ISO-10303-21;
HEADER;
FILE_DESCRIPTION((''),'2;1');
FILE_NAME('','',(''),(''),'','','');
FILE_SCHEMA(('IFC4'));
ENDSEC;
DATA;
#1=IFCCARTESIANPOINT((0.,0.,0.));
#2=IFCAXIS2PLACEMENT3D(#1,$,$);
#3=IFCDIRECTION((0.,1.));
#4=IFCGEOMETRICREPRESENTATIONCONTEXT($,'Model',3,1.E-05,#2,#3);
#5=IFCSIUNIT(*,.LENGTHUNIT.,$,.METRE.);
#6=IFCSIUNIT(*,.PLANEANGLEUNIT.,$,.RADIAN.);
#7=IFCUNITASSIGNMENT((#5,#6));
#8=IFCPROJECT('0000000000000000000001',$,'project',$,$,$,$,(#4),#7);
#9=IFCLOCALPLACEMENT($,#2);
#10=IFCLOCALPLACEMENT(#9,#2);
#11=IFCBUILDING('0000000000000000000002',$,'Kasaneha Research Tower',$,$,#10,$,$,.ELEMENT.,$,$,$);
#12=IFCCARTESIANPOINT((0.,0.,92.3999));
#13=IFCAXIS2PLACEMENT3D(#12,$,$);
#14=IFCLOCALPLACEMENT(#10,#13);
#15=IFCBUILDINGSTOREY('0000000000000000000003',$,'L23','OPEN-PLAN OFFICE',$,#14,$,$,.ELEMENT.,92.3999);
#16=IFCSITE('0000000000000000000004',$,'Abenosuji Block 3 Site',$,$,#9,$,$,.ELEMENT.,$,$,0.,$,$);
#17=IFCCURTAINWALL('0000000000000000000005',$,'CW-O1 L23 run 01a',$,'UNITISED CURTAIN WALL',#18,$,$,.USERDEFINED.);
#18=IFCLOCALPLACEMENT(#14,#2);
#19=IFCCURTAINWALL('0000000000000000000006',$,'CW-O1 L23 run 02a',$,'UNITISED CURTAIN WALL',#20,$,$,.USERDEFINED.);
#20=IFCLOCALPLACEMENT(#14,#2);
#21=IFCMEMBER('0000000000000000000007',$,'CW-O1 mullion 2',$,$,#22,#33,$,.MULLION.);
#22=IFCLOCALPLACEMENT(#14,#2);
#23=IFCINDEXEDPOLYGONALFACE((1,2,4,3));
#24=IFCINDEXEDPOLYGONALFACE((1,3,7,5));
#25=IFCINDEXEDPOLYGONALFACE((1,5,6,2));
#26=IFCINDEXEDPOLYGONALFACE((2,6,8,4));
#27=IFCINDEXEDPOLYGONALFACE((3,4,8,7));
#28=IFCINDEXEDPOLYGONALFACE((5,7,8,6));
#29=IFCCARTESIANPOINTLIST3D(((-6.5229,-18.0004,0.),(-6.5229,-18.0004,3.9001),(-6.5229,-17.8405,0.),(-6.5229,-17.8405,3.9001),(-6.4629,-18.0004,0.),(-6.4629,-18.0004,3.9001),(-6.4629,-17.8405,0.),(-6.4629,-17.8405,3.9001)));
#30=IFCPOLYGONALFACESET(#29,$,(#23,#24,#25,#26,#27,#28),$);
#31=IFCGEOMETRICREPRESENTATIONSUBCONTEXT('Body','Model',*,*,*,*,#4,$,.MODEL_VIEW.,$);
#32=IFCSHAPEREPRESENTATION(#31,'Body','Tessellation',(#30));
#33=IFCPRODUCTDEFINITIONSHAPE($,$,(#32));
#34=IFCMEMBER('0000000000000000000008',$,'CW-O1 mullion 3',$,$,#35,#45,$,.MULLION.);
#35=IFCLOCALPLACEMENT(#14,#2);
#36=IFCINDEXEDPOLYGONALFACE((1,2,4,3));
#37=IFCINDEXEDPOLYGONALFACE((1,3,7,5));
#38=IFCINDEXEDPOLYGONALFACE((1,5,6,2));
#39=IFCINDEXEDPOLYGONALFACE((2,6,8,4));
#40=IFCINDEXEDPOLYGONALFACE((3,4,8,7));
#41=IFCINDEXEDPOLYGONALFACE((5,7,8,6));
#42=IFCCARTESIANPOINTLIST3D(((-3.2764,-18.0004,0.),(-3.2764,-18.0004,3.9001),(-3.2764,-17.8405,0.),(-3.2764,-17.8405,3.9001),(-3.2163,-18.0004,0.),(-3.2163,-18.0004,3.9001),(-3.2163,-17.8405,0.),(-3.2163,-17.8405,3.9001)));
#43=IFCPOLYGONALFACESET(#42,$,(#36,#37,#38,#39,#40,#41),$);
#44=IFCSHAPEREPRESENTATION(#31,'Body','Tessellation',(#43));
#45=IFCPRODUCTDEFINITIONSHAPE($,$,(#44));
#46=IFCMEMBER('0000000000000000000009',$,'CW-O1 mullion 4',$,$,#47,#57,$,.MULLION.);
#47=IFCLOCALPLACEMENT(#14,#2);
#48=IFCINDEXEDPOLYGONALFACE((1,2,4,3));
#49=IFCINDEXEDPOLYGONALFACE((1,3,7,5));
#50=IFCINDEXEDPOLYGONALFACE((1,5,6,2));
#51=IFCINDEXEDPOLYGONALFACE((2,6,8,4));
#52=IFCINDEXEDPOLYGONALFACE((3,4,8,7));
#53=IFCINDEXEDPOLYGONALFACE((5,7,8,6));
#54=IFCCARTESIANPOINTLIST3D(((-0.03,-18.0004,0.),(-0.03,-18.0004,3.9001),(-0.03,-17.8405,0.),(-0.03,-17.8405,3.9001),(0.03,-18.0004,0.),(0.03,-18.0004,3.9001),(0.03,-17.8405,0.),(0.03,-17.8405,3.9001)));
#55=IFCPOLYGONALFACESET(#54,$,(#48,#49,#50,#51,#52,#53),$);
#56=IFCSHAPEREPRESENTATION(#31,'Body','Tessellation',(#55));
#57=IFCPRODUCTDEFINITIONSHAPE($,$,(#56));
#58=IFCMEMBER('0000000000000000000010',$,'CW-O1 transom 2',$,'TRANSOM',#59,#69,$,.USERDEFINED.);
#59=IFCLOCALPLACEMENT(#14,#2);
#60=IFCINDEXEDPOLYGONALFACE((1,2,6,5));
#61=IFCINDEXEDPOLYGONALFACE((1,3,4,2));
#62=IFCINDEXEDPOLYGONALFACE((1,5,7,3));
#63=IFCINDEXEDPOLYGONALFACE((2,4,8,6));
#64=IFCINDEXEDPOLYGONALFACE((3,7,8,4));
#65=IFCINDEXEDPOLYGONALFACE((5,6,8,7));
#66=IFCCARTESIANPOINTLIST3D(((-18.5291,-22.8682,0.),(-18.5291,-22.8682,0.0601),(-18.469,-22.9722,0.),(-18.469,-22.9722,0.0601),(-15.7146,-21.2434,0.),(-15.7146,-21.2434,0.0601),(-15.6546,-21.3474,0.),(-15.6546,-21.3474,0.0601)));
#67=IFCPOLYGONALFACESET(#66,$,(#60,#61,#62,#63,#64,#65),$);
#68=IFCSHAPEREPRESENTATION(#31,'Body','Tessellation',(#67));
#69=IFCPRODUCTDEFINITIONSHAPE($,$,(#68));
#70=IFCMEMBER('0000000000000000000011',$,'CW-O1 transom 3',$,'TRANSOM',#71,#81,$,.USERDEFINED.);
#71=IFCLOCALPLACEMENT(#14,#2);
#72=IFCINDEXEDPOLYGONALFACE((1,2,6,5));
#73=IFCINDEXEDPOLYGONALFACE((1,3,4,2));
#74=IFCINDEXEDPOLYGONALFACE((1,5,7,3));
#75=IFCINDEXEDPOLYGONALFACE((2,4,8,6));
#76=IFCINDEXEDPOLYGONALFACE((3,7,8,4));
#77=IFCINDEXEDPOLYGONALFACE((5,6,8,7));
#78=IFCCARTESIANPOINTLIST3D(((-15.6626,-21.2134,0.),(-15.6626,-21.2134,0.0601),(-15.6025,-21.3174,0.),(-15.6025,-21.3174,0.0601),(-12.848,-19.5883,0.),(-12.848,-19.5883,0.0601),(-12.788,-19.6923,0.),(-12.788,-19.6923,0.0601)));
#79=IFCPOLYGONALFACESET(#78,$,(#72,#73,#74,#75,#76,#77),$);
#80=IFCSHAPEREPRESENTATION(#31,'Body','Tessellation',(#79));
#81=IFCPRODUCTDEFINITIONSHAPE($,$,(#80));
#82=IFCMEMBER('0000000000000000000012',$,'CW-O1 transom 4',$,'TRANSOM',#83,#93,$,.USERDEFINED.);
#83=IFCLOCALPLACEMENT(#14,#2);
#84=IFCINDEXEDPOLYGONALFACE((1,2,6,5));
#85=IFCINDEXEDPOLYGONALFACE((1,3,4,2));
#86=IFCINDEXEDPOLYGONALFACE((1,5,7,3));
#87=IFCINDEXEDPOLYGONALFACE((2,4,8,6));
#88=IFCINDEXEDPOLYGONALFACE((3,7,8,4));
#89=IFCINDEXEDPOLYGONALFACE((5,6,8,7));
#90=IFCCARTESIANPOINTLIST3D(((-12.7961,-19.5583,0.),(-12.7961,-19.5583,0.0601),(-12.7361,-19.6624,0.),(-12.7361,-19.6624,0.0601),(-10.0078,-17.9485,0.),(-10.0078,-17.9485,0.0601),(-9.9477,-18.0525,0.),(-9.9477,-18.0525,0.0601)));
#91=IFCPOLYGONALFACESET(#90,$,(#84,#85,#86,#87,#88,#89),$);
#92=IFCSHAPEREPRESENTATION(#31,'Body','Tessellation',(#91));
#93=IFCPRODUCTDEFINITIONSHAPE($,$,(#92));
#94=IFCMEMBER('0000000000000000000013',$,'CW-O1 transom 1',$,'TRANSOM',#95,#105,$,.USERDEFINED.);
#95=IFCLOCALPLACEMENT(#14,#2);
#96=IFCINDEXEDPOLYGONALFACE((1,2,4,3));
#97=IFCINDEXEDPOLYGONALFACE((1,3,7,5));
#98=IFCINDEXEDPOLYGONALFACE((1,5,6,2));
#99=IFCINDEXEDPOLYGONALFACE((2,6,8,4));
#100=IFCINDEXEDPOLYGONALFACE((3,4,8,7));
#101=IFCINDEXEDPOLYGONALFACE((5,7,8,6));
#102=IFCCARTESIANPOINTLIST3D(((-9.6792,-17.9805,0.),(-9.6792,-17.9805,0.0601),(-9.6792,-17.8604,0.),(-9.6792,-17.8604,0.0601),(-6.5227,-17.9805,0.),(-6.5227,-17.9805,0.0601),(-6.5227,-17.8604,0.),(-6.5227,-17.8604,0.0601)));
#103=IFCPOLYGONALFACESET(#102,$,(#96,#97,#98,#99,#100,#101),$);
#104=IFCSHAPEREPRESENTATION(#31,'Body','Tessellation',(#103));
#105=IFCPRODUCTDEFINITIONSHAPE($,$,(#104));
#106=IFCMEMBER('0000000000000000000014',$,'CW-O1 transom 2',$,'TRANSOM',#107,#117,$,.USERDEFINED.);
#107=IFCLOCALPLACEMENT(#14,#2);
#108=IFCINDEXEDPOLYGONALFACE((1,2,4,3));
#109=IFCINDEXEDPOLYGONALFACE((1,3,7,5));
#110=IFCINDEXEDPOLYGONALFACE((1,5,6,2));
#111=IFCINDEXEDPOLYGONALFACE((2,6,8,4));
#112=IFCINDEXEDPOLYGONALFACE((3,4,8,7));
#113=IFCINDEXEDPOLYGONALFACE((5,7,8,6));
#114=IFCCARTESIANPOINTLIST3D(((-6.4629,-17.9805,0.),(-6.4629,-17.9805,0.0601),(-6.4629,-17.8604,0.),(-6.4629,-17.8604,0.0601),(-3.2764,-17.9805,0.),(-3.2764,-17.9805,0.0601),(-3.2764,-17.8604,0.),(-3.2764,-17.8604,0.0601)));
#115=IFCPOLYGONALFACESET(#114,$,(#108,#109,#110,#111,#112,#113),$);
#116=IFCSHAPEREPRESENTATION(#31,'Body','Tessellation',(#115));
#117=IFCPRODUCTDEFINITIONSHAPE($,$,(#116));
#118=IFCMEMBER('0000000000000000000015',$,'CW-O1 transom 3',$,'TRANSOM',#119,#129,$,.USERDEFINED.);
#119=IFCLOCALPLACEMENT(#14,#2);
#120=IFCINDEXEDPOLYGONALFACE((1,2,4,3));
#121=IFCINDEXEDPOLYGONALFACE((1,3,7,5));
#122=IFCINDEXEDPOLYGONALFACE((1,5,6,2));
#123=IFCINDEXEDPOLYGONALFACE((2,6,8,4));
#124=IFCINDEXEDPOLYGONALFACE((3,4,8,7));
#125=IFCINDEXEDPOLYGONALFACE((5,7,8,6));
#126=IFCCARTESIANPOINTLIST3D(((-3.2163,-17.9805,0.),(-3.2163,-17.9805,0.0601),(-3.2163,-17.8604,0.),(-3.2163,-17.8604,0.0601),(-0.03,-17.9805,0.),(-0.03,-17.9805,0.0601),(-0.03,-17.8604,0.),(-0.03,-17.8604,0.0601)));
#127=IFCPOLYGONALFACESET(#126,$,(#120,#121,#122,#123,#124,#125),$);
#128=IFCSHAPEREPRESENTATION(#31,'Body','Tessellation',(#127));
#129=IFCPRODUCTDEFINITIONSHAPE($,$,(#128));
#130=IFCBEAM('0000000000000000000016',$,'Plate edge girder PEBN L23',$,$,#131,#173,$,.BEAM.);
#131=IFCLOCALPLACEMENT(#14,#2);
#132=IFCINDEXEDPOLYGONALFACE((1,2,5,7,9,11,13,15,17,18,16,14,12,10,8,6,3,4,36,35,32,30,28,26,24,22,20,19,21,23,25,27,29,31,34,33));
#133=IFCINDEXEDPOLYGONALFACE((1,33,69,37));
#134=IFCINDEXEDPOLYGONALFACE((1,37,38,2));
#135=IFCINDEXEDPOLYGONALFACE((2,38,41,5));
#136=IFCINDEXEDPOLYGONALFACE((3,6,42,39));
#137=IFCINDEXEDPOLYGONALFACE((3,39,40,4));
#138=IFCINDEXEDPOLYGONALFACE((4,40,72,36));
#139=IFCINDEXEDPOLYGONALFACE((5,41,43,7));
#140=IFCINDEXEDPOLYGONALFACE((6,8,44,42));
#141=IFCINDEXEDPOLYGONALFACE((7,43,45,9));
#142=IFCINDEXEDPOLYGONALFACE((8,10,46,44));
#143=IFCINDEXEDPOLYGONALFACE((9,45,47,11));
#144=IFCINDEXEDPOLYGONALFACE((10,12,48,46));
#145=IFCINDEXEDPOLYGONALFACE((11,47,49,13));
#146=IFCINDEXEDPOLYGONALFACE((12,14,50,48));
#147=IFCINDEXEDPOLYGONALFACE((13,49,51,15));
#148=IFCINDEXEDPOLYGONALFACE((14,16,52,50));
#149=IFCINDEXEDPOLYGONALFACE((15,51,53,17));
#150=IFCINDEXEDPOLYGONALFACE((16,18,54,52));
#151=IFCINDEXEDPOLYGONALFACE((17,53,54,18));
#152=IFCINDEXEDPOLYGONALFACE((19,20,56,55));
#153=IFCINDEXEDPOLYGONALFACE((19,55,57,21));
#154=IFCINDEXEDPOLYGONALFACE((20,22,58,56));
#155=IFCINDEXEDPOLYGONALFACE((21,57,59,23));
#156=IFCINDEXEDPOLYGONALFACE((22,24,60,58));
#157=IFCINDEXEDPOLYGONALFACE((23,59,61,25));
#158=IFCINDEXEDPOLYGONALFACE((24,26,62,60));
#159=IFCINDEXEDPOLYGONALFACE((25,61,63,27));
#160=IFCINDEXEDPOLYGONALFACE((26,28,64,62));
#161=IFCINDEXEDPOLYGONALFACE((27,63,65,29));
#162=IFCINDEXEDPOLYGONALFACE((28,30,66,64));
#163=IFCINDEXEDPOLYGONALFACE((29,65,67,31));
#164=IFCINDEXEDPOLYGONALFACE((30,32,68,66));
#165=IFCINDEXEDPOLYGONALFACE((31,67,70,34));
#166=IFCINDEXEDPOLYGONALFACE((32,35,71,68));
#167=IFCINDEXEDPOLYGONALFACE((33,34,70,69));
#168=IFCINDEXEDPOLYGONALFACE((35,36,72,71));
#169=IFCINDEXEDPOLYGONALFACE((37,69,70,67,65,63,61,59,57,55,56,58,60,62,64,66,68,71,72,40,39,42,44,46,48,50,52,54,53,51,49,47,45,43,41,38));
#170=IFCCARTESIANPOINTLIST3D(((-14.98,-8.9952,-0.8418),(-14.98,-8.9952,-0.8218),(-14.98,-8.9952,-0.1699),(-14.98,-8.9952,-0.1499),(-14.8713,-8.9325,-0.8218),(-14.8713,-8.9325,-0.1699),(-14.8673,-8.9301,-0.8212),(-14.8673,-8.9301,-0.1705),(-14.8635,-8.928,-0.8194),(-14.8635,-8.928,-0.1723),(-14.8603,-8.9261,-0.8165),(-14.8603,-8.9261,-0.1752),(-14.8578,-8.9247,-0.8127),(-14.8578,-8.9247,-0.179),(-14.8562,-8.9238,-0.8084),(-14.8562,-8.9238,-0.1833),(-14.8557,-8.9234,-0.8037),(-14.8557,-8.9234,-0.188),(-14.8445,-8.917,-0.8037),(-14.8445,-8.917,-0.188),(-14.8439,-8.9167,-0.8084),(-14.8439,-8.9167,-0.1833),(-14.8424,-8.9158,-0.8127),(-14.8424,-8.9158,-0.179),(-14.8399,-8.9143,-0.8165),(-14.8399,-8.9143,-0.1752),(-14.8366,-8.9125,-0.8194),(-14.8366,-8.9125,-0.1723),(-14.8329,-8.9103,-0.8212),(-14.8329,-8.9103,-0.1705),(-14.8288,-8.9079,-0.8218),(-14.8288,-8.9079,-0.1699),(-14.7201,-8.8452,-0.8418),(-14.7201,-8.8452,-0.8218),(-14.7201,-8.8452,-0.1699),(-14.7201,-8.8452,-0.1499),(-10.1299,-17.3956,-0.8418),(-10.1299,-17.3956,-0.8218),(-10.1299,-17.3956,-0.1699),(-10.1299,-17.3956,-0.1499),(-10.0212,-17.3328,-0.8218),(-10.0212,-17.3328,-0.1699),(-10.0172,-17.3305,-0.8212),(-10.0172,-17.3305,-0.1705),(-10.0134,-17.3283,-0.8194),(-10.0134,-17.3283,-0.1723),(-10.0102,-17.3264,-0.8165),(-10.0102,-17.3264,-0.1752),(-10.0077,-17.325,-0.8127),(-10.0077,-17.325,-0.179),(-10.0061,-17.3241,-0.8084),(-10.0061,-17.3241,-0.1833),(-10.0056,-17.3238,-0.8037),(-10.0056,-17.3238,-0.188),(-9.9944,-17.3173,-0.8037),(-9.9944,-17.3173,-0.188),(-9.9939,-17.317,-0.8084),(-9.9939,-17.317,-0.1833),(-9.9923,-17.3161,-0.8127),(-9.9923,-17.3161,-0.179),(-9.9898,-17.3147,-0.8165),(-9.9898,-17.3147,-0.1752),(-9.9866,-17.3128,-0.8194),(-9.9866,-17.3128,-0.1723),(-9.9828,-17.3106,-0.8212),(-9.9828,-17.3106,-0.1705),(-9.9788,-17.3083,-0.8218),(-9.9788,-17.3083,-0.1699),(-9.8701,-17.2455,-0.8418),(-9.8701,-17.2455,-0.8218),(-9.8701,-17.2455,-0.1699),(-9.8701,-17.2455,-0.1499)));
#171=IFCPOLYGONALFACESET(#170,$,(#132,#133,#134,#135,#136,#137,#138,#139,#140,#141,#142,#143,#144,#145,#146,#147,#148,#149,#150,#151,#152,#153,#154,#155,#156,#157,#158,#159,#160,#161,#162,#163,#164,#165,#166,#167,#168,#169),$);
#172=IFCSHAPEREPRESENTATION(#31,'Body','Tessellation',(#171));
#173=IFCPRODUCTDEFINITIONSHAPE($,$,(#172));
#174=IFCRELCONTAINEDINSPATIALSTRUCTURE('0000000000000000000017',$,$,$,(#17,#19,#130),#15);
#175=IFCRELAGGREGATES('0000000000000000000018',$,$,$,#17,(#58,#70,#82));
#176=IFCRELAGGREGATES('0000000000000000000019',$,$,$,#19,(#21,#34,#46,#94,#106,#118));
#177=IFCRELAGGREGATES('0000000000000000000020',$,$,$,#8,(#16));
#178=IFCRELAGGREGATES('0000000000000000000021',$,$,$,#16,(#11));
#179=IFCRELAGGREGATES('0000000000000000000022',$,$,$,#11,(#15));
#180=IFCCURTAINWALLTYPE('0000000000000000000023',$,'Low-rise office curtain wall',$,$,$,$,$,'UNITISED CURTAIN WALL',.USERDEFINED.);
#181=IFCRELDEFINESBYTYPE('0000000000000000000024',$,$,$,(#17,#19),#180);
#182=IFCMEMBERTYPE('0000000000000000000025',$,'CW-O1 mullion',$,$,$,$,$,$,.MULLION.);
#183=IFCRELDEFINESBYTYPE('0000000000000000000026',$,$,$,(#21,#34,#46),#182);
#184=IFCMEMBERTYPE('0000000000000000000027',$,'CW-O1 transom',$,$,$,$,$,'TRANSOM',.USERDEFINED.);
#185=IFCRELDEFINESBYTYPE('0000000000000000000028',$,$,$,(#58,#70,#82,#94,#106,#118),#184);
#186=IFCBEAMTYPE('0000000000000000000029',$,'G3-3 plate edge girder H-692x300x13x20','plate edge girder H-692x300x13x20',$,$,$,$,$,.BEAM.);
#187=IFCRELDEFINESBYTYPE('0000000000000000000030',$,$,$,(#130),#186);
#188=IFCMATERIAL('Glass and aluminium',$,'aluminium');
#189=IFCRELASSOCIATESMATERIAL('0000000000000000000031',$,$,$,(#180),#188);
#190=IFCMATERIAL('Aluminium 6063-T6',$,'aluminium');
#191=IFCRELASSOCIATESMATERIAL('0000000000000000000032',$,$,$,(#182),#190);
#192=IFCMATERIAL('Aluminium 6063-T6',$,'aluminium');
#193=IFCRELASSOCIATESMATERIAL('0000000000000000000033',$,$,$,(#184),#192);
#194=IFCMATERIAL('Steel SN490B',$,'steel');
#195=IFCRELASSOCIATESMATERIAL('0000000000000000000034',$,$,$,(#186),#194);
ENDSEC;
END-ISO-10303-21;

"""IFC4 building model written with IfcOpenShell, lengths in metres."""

from ifc_helpers import new_model, si_unit, direction, frame, origin, origin_2d, place, context, subcontext, project, spatial, rectangle, i_section, extrude, material, material_profile, profile_set, type_object, element, aggregate, save


model = new_model("IFC4")

# Units and contexts
model_context = context("Model", 3, precision=1e-05, world=origin(), true_north=direction((0.0, 1.0)))
body_context = subcontext(model_context, "Body", "Model", "MODEL_VIEW")
ifc_project = project(units=[si_unit("LENGTHUNIT", "METRE"), si_unit("PLANEANGLEUNIT", "RADIAN")], contexts=[model_context])

# Site, building, storey
site_placement = place(None, origin())
site = spatial("IfcSite", under=ifc_project, at=site_placement, Name="Abenosuji Block 3 Site", CompositionType="ELEMENT", RefElevation=0.0)
building_placement = place(site_placement, origin())
building = spatial("IfcBuilding", under=site, at=building_placement, Name="Kasaneha Research Tower", CompositionType="ELEMENT")
storey_placement = place(building_placement, frame((0.0, 0.0, 92.3999)))
storey = spatial("IfcBuildingStorey", under=building, at=storey_placement, Name="L23", Description="OPEN-PLAN OFFICE", CompositionType="ELEMENT", Elevation=92.3999)

# Curtain walls, members
ifc_material_1 = material(Name="Glass and aluminium", Category="aluminium")
curtain_wall_type = type_object("IfcCurtainWallType", Name="Low-rise office curtain wall", ElementType="UNITISED CURTAIN WALL", PredefinedType="USERDEFINED", material=ifc_material_1)
curtain_wall_1_placement = place(storey_placement, origin())
curtain_wall_1 = element("IfcCurtainWall", 1, at=curtain_wall_1_placement, inside=storey, type_object=curtain_wall_type, Name="CW-O1 L23 run 01a", ObjectType="UNITISED CURTAIN WALL", PredefinedType="USERDEFINED")
ifc_material_2 = material(Name="Aluminium 6063-T6", Category="aluminium")
ifc_material_profile_1 = material_profile(ifc_material_2, rectangle(XDim=0.0601, YDim=0.1599, at=origin_2d()), Name="CW-O1 mullion 60x160")
ifc_profile_set_1 = profile_set([ifc_material_profile_1], Name="Aluminium 6063-T6")
member_type_1 = type_object("IfcMemberType", Name="CW-O1 mullion", PredefinedType="MULLION", material=ifc_profile_set_1)
curtain_wall_2_placement = place(storey_placement, origin())
curtain_wall_2 = element("IfcCurtainWall", 2, at=curtain_wall_2_placement, inside=storey, type_object=curtain_wall_type, Name="CW-O1 L23 run 02a", ObjectType="UNITISED CURTAIN WALL", PredefinedType="USERDEFINED")
member_1_placement = place(storey_placement, frame((-6.4929, -17.9204, 0.0), z_axis=(0.0, 0.0, 1.0), x_axis=(1.0, 0.0, 0.0)))
member_1 = element("IfcMember", 3, at=member_1_placement, type_object=member_type_1, Name="CW-O1 mullion 2", PredefinedType="MULLION", context=body_context, shape_type="SweptSolid", body=[
    extrude(rectangle(XDim=0.0601, YDim=0.1599, at=origin_2d()), origin(), (0.0, 0.0, 1.0), 3.9001),
])
member_2_placement = place(storey_placement, frame((-3.2463, -17.9204, 0.0), z_axis=(0.0, 0.0, 1.0), x_axis=(1.0, 0.0, 0.0)))
member_2 = element("IfcMember", 4, at=member_2_placement, type_object=member_type_1, Name="CW-O1 mullion 3", PredefinedType="MULLION", context=body_context, shape_type="SweptSolid", body=[
    extrude(rectangle(XDim=0.0601, YDim=0.1599, at=origin_2d()), origin(), (0.0, 0.0, 1.0), 3.9001),
])
member_3_placement = place(storey_placement, frame((0.0, -17.9204, 0.0), z_axis=(0.0, 0.0, 1.0), x_axis=(1.0, 0.0, 0.0)))
member_3 = element("IfcMember", 5, at=member_3_placement, type_object=member_type_1, Name="CW-O1 mullion 4", PredefinedType="MULLION", context=body_context, shape_type="SweptSolid", body=[
    extrude(rectangle(XDim=0.0601, YDim=0.1599, at=origin_2d()), origin(), (0.0, 0.0, 1.0), 3.9001),
])

# Members
ifc_material_3 = material(Name="Aluminium 6063-T6", Category="aluminium")
ifc_material_profile_2 = material_profile(ifc_material_3, rectangle(XDim=0.1201, YDim=0.0601, at=origin_2d()), Name="CW-O1 transom 120x60")
ifc_profile_set_2 = profile_set([ifc_material_profile_2], Name="Aluminium 6063-T6")
member_type_2 = type_object("IfcMemberType", Name="CW-O1 transom", ElementType="TRANSOM", PredefinedType="USERDEFINED", material=ifc_profile_set_2)
member_4_placement = place(storey_placement, frame((-18.499, -22.9202, 0.03), z_axis=(0.866048, 0.499961, 0.0), x_axis=(-0.499961, 0.866048, 0.0)))
member_4 = element("IfcMember", 6, at=member_4_placement, type_object=member_type_2, Name="CW-O1 transom 2", ObjectType="TRANSOM", PredefinedType="USERDEFINED", context=body_context, shape_type="SweptSolid", body=[
    extrude(rectangle(XDim=0.1201, YDim=0.0601, at=origin_2d()), origin(), (0.0, 0.0, 1.0), 3.2498),
])
member_5_placement = place(storey_placement, frame((-15.6326, -21.2654, 0.03), z_axis=(0.866015, 0.500017, 0.0), x_axis=(-0.500017, 0.866015, 0.0)))
member_5 = element("IfcMember", 7, at=member_5_placement, type_object=member_type_2, Name="CW-O1 transom 3", ObjectType="TRANSOM", PredefinedType="USERDEFINED", context=body_context, shape_type="SweptSolid", body=[
    extrude(rectangle(XDim=0.1201, YDim=0.0601, at=origin_2d()), origin(), (0.0, 0.0, 1.0), 3.25),
])
member_6_placement = place(storey_placement, frame((-12.7661, -19.6104, 0.03), z_axis=(0.866023, 0.500005, 0.0), x_axis=(-0.500005, 0.866023, 0.0)))
member_6 = element("IfcMember", 8, at=member_6_placement, type_object=member_type_2, Name="CW-O1 transom 4", ObjectType="TRANSOM", PredefinedType="USERDEFINED", context=body_context, shape_type="SweptSolid", body=[
    extrude(rectangle(XDim=0.1201, YDim=0.0601, at=origin_2d()), origin(), (0.0, 0.0, 1.0), 3.2197),
])
member_7_placement = place(storey_placement, frame((-9.6792, -17.9204, 0.03), z_axis=(1.0, 0.0, 0.0), x_axis=(0.0, 1.0, 0.0)))
member_7 = element("IfcMember", 9, at=member_7_placement, type_object=member_type_2, Name="CW-O1 transom 1", ObjectType="TRANSOM", PredefinedType="USERDEFINED", context=body_context, shape_type="SweptSolid", body=[
    extrude(rectangle(XDim=0.1201, YDim=0.0601, at=origin_2d()), origin(), (0.0, 0.0, 1.0), 3.1565),
])
member_8_placement = place(storey_placement, frame((-6.4629, -17.9204, 0.03), z_axis=(1.0, 0.0, 0.0), x_axis=(0.0, 1.0, 0.0)))
member_8 = element("IfcMember", 10, at=member_8_placement, type_object=member_type_2, Name="CW-O1 transom 2", ObjectType="TRANSOM", PredefinedType="USERDEFINED", context=body_context, shape_type="SweptSolid", body=[
    extrude(rectangle(XDim=0.1201, YDim=0.0601, at=origin_2d()), origin(), (0.0, 0.0, 1.0), 3.1865),
])
member_9_placement = place(storey_placement, frame((-3.2163, -17.9204, 0.03), z_axis=(1.0, 0.0, 0.0), x_axis=(0.0, 1.0, 0.0)))
member_9 = element("IfcMember", 11, at=member_9_placement, type_object=member_type_2, Name="CW-O1 transom 3", ObjectType="TRANSOM", PredefinedType="USERDEFINED", context=body_context, shape_type="SweptSolid", body=[
    extrude(rectangle(XDim=0.1201, YDim=0.0601, at=origin_2d()), origin(), (0.0, 0.0, 1.0), 3.1863),
])

# Beam
ifc_material_4 = material(Name="Steel SN490B", Category="steel")
ifc_material_profile_3 = material_profile(ifc_material_4, i_section(OverallWidth=0.3, OverallDepth=0.6919, WebThickness=0.0129, FlangeThickness=0.02, FilletRadius=0.0181, at=origin_2d()), Name="H-692x300x13x20")
ifc_profile_set_3 = profile_set([ifc_material_profile_3], Name="Steel SN490B")
beam_type_1 = type_object("IfcBeamType", Name="G3-3 plate edge girder H-692x300x13x20", Description="plate edge girder H-692x300x13x20", PredefinedType="BEAM", material=ifc_profile_set_3)
beam_1_placement = place(storey_placement, frame((-10.0, -17.3206, -0.4958), z_axis=(-0.50001, 0.86602, 0.0), x_axis=(-0.86602, -0.50001, 0.0)))
element("IfcBeam", 12, at=beam_1_placement, inside=storey, type_object=beam_type_1, Name="Plate edge girder PEBN L23", PredefinedType="BEAM", context=body_context, shape_type="SweptSolid", body=[
    extrude(i_section(OverallWidth=0.3, OverallDepth=0.6919, WebThickness=0.0129, FlangeThickness=0.02, FilletRadius=0.0181, at=origin_2d()), origin(), (0.0, 0.0, 1.0), 9.7),
])

aggregate(curtain_wall_1, [member_4, member_5, member_6])
aggregate(curtain_wall_2, [member_1, member_2, member_3, member_7, member_8, member_9])

save(model, "model.ifc")
